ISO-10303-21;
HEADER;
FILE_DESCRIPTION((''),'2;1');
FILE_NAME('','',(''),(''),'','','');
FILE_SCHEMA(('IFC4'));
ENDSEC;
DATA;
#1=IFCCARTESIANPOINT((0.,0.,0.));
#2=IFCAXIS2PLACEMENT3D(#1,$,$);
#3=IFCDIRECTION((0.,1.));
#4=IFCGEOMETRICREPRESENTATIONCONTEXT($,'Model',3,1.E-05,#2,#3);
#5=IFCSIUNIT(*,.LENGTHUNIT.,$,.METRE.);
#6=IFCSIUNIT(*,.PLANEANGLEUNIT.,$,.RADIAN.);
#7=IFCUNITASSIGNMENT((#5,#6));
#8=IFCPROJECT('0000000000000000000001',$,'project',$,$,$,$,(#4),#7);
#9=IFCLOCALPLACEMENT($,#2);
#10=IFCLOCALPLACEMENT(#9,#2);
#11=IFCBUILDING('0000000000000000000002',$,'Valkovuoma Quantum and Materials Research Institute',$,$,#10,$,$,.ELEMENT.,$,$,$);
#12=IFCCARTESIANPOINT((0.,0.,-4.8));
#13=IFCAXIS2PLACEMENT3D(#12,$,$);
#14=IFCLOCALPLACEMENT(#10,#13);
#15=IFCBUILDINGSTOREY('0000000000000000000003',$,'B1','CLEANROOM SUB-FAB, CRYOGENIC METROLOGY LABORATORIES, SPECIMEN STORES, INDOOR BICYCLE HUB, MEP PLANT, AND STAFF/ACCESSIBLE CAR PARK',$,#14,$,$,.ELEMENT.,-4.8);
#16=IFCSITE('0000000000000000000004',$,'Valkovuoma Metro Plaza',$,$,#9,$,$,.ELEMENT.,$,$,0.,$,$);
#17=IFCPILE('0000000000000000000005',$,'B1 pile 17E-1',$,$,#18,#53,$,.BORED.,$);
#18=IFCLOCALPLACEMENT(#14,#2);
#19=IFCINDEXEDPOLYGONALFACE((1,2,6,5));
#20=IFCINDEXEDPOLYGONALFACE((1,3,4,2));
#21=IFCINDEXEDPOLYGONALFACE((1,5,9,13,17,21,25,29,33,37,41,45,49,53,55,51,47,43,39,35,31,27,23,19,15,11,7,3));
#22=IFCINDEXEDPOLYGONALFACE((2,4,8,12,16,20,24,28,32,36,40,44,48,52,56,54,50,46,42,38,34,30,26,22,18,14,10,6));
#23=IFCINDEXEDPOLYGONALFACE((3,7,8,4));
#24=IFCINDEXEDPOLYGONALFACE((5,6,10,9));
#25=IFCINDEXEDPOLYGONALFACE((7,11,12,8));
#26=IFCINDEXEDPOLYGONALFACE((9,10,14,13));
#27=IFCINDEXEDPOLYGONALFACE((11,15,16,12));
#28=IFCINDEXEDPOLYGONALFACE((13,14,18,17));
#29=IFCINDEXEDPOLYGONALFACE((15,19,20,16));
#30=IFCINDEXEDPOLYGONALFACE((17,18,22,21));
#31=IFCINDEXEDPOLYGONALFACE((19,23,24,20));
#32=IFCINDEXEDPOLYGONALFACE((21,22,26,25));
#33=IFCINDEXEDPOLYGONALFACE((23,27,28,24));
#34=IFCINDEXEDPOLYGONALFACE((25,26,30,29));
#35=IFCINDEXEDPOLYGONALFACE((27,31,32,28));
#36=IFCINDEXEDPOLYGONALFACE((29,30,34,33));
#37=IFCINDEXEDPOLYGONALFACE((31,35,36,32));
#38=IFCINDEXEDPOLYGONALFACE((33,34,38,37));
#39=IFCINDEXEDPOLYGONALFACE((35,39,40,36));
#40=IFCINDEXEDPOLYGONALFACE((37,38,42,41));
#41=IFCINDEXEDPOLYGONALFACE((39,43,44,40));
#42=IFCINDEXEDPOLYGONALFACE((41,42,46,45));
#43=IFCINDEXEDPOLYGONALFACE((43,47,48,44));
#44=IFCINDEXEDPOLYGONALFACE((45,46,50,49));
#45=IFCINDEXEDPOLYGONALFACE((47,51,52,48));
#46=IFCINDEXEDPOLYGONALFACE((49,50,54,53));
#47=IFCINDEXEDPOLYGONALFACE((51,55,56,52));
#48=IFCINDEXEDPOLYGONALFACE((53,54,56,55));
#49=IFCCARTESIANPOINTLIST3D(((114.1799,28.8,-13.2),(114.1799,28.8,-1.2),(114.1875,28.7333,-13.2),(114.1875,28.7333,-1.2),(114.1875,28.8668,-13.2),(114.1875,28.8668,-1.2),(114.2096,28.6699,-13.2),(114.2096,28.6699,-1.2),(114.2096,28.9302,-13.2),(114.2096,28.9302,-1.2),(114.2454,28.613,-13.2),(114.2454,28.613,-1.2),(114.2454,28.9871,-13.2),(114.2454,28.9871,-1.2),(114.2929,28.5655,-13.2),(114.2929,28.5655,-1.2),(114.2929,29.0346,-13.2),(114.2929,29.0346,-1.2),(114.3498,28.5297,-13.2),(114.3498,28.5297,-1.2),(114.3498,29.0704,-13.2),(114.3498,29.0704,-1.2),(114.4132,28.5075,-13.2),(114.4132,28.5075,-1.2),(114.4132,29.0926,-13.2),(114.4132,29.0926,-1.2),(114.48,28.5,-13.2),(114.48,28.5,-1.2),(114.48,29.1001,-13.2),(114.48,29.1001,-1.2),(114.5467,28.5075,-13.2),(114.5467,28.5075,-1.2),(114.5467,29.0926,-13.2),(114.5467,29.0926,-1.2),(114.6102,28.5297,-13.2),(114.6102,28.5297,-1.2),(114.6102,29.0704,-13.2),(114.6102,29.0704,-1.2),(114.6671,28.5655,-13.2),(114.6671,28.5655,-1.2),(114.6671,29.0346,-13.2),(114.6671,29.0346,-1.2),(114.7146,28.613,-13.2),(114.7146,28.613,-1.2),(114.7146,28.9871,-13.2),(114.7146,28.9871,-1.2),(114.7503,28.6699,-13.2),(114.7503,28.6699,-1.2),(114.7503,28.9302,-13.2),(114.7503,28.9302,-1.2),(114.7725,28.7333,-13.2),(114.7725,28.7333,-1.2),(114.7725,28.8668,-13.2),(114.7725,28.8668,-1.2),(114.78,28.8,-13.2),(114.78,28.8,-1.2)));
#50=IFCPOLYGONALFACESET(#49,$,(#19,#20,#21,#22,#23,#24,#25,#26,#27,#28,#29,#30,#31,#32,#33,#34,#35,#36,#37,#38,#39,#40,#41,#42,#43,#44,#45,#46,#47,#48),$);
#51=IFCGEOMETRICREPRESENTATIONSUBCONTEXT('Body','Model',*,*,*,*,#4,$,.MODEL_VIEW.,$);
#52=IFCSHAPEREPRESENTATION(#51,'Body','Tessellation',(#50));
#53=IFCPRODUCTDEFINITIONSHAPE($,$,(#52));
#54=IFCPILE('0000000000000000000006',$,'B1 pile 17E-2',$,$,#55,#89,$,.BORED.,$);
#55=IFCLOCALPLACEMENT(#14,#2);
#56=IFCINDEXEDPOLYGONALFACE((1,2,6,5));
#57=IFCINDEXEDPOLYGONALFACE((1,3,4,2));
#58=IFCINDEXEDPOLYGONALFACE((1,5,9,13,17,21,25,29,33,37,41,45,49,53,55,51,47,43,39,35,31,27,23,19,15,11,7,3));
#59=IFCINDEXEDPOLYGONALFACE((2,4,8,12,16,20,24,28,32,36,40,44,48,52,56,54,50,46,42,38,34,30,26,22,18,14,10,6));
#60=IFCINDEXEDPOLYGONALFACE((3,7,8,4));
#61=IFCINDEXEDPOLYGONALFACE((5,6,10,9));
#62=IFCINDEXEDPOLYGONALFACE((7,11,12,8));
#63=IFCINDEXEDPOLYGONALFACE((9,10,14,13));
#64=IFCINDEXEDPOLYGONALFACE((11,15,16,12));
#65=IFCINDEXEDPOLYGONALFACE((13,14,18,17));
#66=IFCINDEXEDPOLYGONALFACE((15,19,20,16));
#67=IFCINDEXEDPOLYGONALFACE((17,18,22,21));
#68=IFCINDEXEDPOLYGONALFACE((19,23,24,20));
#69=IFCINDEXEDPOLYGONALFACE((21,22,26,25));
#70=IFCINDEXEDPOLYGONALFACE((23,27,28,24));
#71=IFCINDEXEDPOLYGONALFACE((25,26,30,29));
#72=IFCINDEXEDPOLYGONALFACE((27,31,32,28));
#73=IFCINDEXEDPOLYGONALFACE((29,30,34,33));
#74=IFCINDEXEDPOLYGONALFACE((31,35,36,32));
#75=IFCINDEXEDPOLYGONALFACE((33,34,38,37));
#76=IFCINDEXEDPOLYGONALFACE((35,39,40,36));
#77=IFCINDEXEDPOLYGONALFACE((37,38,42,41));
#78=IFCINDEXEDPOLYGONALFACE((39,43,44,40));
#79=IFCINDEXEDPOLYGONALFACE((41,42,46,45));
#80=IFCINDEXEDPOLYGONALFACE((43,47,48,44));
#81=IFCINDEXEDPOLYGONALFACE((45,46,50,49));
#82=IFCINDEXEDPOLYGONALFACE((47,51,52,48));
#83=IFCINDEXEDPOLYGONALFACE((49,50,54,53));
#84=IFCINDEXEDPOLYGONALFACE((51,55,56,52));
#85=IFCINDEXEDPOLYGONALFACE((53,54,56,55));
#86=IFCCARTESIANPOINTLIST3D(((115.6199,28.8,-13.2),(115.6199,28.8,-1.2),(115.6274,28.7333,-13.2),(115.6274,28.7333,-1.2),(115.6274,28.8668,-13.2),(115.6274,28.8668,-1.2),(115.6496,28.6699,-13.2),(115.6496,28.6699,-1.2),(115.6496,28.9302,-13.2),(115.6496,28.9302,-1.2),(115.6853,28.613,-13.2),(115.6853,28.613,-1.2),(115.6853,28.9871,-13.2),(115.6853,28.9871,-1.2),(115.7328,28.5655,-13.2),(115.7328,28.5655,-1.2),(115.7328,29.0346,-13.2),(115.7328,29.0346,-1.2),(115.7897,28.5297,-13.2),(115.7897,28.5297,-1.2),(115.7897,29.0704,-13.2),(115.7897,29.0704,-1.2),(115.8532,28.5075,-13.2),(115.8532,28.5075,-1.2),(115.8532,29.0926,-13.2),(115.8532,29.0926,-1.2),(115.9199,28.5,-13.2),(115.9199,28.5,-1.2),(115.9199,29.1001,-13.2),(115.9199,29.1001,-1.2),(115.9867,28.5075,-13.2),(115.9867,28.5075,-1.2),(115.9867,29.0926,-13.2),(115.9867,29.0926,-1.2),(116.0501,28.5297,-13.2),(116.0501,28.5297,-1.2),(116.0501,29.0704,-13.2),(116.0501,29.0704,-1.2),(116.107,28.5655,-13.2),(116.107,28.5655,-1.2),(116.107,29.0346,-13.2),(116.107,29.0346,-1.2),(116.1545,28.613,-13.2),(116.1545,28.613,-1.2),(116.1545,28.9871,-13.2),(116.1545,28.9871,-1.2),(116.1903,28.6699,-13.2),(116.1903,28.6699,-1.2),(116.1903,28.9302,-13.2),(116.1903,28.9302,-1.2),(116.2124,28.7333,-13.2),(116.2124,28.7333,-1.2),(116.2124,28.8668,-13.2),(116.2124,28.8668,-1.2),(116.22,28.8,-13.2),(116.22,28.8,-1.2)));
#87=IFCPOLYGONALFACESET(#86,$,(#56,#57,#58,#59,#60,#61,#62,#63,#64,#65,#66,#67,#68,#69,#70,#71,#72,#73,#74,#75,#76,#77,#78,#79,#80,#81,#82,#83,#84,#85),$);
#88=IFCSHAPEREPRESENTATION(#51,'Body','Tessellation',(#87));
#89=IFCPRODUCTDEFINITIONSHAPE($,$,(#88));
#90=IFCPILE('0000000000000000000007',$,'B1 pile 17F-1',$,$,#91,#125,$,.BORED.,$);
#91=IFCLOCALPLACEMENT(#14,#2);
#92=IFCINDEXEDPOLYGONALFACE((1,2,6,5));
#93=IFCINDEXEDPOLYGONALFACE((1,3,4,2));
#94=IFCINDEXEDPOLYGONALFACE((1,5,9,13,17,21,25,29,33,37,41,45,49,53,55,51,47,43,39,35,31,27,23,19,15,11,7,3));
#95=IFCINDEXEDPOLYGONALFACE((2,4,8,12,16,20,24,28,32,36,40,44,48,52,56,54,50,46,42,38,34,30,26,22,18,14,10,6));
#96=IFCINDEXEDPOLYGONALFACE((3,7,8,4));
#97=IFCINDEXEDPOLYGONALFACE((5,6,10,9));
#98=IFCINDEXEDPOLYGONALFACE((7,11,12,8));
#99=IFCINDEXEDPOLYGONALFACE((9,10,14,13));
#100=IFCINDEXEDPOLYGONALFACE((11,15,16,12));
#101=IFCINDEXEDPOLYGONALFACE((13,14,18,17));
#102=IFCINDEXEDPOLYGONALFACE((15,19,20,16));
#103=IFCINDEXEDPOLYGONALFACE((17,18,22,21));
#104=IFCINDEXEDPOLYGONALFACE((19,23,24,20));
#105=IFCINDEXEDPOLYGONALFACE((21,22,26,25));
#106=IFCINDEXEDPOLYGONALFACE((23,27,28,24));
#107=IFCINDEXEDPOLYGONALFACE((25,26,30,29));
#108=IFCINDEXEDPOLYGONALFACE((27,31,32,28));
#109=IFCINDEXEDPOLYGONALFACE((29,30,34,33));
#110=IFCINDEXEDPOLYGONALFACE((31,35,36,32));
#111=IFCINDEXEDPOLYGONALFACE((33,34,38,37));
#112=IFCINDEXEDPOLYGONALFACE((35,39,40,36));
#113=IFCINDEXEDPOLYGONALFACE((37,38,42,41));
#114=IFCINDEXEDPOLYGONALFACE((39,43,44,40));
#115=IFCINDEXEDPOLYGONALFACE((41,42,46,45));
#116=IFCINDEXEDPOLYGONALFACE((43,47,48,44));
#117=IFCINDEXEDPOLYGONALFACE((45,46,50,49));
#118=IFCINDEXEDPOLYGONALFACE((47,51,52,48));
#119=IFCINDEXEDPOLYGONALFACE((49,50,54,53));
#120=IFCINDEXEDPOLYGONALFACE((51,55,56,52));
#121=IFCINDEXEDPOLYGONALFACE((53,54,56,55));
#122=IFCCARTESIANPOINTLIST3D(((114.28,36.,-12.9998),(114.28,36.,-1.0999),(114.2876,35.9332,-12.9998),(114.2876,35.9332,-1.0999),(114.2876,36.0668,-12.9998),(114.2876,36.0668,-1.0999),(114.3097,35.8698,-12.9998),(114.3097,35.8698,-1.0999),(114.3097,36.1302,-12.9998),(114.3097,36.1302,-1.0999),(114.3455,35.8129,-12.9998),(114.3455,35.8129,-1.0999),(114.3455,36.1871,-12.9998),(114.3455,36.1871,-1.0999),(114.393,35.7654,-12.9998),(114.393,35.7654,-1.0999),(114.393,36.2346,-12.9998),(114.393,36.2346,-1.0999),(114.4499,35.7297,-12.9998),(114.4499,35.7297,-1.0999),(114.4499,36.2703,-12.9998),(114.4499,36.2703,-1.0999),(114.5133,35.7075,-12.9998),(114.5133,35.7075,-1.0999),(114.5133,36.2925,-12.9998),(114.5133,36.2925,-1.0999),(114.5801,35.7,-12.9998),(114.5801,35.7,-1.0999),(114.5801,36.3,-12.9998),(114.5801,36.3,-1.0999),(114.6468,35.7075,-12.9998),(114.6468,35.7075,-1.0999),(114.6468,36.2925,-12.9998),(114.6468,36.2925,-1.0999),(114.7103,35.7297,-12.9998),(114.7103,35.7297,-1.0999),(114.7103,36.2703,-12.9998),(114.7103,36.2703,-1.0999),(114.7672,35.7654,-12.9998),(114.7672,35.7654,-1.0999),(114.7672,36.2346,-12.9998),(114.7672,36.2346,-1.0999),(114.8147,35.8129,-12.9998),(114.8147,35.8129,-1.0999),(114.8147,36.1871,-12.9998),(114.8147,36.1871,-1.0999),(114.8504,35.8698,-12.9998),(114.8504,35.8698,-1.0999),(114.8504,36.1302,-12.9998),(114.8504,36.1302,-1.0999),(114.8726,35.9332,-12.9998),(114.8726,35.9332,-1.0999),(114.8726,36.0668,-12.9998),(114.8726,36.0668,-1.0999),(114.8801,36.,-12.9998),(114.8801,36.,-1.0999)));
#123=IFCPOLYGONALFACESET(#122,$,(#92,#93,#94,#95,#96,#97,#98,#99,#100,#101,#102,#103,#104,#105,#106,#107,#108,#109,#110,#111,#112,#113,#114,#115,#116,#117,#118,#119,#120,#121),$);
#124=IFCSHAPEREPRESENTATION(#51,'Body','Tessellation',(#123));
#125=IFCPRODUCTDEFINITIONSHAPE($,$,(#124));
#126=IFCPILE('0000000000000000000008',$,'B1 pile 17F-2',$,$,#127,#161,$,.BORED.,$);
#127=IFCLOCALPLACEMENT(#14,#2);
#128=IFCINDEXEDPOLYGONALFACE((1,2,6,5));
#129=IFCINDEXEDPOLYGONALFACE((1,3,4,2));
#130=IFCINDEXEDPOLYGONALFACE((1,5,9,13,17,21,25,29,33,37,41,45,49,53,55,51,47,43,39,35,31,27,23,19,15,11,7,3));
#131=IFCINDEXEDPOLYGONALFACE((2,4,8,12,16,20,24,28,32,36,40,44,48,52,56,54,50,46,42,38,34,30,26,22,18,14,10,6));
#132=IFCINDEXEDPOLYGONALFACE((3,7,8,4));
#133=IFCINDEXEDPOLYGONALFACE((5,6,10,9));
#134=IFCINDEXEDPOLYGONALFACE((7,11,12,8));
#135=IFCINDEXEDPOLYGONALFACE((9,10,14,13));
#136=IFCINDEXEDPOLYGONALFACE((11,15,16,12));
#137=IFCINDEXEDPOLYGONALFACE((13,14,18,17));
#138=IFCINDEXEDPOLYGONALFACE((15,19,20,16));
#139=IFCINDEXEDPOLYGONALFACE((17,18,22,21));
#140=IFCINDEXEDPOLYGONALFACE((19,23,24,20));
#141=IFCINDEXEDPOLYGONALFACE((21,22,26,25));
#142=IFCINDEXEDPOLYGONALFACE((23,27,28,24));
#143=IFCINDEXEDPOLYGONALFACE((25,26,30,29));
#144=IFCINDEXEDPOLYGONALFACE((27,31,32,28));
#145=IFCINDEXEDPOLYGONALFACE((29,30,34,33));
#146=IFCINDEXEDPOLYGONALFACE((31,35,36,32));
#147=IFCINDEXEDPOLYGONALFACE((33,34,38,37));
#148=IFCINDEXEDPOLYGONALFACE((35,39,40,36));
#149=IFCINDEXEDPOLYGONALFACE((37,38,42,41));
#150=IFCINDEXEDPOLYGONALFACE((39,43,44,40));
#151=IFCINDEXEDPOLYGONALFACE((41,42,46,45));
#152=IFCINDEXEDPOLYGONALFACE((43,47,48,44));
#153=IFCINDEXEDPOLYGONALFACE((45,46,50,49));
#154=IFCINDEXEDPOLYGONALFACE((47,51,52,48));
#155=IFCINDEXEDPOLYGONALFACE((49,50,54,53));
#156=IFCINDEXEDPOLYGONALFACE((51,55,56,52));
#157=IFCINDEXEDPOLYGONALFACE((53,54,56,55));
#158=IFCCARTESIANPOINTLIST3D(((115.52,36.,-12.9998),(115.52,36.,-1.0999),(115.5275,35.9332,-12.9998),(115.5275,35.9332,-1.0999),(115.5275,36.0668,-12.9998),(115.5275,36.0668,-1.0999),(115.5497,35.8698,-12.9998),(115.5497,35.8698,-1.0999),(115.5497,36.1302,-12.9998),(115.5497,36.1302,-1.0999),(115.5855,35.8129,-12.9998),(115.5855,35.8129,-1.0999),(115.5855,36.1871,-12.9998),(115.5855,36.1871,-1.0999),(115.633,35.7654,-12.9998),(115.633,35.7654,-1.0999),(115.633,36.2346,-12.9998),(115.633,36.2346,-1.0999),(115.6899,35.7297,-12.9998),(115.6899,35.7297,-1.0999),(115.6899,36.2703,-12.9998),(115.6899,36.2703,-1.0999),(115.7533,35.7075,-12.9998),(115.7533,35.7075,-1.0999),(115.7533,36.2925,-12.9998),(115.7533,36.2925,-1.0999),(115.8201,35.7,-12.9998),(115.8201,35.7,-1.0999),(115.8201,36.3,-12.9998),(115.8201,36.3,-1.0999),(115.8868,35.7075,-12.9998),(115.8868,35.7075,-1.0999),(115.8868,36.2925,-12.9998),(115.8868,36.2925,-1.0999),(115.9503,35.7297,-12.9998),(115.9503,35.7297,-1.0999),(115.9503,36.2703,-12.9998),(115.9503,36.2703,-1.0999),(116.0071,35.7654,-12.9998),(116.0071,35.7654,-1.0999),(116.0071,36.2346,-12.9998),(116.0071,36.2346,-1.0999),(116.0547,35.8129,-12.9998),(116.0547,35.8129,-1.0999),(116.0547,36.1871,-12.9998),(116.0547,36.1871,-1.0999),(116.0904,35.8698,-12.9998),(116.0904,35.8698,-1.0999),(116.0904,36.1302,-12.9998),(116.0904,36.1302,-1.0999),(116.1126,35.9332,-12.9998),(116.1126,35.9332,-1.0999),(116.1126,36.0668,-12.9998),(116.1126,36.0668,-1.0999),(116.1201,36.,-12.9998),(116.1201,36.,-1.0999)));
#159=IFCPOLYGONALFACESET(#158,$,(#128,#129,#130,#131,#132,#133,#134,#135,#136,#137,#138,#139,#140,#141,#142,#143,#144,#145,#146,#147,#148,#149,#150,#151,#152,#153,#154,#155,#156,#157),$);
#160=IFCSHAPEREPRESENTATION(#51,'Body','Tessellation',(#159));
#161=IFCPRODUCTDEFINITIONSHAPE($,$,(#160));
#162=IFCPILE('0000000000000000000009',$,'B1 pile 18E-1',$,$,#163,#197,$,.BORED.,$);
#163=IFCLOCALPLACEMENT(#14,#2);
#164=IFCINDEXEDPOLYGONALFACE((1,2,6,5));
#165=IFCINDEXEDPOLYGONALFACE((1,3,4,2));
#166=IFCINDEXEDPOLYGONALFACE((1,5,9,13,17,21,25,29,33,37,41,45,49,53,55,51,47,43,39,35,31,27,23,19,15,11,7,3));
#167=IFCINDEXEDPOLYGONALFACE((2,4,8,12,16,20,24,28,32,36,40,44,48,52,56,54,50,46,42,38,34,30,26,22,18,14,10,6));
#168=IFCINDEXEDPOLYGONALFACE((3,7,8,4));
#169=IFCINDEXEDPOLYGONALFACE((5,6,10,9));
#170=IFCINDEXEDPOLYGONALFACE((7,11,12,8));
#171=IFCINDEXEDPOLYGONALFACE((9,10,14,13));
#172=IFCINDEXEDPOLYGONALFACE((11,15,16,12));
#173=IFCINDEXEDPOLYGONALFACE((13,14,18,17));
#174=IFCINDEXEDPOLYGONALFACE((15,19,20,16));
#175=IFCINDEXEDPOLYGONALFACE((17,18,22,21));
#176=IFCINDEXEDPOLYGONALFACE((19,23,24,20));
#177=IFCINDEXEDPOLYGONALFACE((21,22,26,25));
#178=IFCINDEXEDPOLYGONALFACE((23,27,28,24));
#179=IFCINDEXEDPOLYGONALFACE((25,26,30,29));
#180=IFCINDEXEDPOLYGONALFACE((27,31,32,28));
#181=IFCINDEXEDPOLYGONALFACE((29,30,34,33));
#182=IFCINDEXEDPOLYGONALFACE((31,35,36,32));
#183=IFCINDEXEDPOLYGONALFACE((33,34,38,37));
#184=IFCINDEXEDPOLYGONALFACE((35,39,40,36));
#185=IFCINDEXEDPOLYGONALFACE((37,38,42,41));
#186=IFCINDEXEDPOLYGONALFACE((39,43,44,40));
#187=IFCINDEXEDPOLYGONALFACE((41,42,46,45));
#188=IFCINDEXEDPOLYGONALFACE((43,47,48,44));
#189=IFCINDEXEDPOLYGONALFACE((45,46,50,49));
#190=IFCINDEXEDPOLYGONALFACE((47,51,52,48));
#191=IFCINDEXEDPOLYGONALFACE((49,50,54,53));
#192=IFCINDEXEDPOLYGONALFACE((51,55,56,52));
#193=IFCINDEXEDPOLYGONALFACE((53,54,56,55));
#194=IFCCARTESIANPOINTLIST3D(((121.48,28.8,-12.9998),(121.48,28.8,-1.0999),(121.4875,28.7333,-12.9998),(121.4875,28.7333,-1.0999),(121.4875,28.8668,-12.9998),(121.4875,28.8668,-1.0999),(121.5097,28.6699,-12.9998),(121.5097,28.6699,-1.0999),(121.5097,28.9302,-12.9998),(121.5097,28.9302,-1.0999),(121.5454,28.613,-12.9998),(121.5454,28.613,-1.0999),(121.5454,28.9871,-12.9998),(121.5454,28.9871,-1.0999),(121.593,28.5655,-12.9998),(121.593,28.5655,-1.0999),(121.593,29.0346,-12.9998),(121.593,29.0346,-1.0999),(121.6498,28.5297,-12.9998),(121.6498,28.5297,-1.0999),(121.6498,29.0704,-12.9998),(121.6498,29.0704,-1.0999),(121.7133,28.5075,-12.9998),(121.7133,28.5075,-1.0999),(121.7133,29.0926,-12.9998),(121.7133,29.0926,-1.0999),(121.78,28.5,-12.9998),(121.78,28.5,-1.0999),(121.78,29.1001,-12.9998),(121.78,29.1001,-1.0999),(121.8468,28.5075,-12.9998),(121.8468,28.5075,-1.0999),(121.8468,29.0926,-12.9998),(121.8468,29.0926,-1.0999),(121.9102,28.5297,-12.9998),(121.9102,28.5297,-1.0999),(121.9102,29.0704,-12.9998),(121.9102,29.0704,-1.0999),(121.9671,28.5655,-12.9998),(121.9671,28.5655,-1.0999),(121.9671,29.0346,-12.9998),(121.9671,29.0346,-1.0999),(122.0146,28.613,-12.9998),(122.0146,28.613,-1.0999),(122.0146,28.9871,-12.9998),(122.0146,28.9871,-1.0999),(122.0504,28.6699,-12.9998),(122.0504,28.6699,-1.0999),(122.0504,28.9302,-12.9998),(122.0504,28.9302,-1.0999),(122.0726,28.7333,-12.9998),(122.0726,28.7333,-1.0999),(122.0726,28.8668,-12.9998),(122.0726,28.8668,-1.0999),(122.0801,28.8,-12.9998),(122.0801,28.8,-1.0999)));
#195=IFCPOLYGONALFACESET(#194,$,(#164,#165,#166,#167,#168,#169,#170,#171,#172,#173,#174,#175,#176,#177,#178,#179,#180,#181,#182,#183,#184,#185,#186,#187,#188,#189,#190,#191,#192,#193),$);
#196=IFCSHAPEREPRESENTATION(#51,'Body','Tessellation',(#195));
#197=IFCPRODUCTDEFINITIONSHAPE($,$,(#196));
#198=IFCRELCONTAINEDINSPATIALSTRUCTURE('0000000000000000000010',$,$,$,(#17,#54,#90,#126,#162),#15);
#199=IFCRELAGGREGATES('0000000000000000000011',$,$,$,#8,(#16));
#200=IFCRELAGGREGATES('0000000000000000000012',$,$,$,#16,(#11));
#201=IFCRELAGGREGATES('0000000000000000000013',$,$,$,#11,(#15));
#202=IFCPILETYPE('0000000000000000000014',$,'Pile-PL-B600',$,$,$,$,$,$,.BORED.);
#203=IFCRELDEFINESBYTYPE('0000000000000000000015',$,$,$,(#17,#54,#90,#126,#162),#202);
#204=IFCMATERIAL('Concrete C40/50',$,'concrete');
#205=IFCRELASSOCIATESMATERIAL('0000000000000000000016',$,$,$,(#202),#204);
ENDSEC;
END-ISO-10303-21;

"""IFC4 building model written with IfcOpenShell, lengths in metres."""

from ifc_helpers import new_model, si_unit, direction, frame, origin, origin_2d, place, context, subcontext, project, spatial, circle, extrude, material, material_profile, profile_set, type_object, element, save


model = new_model("IFC4")

# Units and contexts
model_context = context("Model", 3, precision=1e-05, world=origin(), true_north=direction((0.0, 1.0)))
body_context = subcontext(model_context, "Body", "Model", "MODEL_VIEW")
ifc_project = project(units=[si_unit("LENGTHUNIT", "METRE"), si_unit("PLANEANGLEUNIT", "RADIAN")], contexts=[model_context])

# Site, building, storey
site_placement = place(None, origin())
site = spatial("IfcSite", under=ifc_project, at=site_placement, Name="Valkovuoma Metro Plaza", CompositionType="ELEMENT", RefElevation=0.0)
building_placement = place(site_placement, origin())
building = spatial("IfcBuilding", under=site, at=building_placement, Name="Valkovuoma Quantum and Materials Research Institute", CompositionType="ELEMENT")
storey_placement = place(building_placement, frame((0.0, 0.0, -4.8)))
storey = spatial("IfcBuildingStorey", under=building, at=storey_placement, Name="B1", Description="CLEANROOM SUB-FAB, CRYOGENIC METROLOGY LABORATORIES, SPECIMEN STORES, INDOOR BICYCLE HUB, MEP PLANT, AND STAFF/ACCESSIBLE CAR PARK", CompositionType="ELEMENT", Elevation=-4.8)

# Piles
ifc_material_1 = material(Name="Concrete C40/50", Category="concrete")
ifc_material_profile_1 = material_profile(ifc_material_1, circle(Radius=0.3, at=origin_2d()), Name="Concrete C40/50")
ifc_profile_set_1 = profile_set([ifc_material_profile_1], Name="Concrete C40/50")
pile_type_1 = type_object("IfcPileType", Name="Pile-PL-B600", PredefinedType="BORED", material=ifc_profile_set_1)
for number, where, z_axis, x_axis, name in (
    (1, (114.48, 28.8, -1.2), (0.0, 0.0, -1.0), (1.0, 0.0, 0.0), "B1 pile 17E-1"),
    (2, (115.9199, 28.8, -1.2), (0.0, 0.0, -1.0), (1.0, 0.0, 0.0), "B1 pile 17E-2"),
):
    element("IfcPile", number, at=place(storey_placement, frame(where, z_axis=z_axis, x_axis=x_axis)), inside=storey, type_object=pile_type_1, Name=name, PredefinedType="BORED", context=body_context, shape_type="SweptSolid", body=[
        extrude(circle(Radius=0.3, at=origin_2d()), origin(), (0.0, 0.0, 1.0), 12.0),
    ])
for number, where, z_axis, x_axis, name in (
    (3, (114.5801, 36.0, -1.0999), (0.0, 0.0, -1.0), (1.0, 0.0, 0.0), "B1 pile 17F-1"),
    (4, (115.8201, 36.0, -1.0999), (0.0, 0.0, -1.0), (1.0, 0.0, 0.0), "B1 pile 17F-2"),
    (5, (121.78, 28.8, -1.0999), (0.0, 0.0, -1.0), (1.0, 0.0, 0.0), "B1 pile 18E-1"),
):
    element("IfcPile", number, at=place(storey_placement, frame(where, z_axis=z_axis, x_axis=x_axis)), inside=storey, type_object=pile_type_1, Name=name, PredefinedType="BORED", context=body_context, shape_type="SweptSolid", body=[
        extrude(circle(Radius=0.3, at=origin_2d()), origin(), (0.0, 0.0, 1.0), 11.8999),
    ])

save(model, "model.ifc")
